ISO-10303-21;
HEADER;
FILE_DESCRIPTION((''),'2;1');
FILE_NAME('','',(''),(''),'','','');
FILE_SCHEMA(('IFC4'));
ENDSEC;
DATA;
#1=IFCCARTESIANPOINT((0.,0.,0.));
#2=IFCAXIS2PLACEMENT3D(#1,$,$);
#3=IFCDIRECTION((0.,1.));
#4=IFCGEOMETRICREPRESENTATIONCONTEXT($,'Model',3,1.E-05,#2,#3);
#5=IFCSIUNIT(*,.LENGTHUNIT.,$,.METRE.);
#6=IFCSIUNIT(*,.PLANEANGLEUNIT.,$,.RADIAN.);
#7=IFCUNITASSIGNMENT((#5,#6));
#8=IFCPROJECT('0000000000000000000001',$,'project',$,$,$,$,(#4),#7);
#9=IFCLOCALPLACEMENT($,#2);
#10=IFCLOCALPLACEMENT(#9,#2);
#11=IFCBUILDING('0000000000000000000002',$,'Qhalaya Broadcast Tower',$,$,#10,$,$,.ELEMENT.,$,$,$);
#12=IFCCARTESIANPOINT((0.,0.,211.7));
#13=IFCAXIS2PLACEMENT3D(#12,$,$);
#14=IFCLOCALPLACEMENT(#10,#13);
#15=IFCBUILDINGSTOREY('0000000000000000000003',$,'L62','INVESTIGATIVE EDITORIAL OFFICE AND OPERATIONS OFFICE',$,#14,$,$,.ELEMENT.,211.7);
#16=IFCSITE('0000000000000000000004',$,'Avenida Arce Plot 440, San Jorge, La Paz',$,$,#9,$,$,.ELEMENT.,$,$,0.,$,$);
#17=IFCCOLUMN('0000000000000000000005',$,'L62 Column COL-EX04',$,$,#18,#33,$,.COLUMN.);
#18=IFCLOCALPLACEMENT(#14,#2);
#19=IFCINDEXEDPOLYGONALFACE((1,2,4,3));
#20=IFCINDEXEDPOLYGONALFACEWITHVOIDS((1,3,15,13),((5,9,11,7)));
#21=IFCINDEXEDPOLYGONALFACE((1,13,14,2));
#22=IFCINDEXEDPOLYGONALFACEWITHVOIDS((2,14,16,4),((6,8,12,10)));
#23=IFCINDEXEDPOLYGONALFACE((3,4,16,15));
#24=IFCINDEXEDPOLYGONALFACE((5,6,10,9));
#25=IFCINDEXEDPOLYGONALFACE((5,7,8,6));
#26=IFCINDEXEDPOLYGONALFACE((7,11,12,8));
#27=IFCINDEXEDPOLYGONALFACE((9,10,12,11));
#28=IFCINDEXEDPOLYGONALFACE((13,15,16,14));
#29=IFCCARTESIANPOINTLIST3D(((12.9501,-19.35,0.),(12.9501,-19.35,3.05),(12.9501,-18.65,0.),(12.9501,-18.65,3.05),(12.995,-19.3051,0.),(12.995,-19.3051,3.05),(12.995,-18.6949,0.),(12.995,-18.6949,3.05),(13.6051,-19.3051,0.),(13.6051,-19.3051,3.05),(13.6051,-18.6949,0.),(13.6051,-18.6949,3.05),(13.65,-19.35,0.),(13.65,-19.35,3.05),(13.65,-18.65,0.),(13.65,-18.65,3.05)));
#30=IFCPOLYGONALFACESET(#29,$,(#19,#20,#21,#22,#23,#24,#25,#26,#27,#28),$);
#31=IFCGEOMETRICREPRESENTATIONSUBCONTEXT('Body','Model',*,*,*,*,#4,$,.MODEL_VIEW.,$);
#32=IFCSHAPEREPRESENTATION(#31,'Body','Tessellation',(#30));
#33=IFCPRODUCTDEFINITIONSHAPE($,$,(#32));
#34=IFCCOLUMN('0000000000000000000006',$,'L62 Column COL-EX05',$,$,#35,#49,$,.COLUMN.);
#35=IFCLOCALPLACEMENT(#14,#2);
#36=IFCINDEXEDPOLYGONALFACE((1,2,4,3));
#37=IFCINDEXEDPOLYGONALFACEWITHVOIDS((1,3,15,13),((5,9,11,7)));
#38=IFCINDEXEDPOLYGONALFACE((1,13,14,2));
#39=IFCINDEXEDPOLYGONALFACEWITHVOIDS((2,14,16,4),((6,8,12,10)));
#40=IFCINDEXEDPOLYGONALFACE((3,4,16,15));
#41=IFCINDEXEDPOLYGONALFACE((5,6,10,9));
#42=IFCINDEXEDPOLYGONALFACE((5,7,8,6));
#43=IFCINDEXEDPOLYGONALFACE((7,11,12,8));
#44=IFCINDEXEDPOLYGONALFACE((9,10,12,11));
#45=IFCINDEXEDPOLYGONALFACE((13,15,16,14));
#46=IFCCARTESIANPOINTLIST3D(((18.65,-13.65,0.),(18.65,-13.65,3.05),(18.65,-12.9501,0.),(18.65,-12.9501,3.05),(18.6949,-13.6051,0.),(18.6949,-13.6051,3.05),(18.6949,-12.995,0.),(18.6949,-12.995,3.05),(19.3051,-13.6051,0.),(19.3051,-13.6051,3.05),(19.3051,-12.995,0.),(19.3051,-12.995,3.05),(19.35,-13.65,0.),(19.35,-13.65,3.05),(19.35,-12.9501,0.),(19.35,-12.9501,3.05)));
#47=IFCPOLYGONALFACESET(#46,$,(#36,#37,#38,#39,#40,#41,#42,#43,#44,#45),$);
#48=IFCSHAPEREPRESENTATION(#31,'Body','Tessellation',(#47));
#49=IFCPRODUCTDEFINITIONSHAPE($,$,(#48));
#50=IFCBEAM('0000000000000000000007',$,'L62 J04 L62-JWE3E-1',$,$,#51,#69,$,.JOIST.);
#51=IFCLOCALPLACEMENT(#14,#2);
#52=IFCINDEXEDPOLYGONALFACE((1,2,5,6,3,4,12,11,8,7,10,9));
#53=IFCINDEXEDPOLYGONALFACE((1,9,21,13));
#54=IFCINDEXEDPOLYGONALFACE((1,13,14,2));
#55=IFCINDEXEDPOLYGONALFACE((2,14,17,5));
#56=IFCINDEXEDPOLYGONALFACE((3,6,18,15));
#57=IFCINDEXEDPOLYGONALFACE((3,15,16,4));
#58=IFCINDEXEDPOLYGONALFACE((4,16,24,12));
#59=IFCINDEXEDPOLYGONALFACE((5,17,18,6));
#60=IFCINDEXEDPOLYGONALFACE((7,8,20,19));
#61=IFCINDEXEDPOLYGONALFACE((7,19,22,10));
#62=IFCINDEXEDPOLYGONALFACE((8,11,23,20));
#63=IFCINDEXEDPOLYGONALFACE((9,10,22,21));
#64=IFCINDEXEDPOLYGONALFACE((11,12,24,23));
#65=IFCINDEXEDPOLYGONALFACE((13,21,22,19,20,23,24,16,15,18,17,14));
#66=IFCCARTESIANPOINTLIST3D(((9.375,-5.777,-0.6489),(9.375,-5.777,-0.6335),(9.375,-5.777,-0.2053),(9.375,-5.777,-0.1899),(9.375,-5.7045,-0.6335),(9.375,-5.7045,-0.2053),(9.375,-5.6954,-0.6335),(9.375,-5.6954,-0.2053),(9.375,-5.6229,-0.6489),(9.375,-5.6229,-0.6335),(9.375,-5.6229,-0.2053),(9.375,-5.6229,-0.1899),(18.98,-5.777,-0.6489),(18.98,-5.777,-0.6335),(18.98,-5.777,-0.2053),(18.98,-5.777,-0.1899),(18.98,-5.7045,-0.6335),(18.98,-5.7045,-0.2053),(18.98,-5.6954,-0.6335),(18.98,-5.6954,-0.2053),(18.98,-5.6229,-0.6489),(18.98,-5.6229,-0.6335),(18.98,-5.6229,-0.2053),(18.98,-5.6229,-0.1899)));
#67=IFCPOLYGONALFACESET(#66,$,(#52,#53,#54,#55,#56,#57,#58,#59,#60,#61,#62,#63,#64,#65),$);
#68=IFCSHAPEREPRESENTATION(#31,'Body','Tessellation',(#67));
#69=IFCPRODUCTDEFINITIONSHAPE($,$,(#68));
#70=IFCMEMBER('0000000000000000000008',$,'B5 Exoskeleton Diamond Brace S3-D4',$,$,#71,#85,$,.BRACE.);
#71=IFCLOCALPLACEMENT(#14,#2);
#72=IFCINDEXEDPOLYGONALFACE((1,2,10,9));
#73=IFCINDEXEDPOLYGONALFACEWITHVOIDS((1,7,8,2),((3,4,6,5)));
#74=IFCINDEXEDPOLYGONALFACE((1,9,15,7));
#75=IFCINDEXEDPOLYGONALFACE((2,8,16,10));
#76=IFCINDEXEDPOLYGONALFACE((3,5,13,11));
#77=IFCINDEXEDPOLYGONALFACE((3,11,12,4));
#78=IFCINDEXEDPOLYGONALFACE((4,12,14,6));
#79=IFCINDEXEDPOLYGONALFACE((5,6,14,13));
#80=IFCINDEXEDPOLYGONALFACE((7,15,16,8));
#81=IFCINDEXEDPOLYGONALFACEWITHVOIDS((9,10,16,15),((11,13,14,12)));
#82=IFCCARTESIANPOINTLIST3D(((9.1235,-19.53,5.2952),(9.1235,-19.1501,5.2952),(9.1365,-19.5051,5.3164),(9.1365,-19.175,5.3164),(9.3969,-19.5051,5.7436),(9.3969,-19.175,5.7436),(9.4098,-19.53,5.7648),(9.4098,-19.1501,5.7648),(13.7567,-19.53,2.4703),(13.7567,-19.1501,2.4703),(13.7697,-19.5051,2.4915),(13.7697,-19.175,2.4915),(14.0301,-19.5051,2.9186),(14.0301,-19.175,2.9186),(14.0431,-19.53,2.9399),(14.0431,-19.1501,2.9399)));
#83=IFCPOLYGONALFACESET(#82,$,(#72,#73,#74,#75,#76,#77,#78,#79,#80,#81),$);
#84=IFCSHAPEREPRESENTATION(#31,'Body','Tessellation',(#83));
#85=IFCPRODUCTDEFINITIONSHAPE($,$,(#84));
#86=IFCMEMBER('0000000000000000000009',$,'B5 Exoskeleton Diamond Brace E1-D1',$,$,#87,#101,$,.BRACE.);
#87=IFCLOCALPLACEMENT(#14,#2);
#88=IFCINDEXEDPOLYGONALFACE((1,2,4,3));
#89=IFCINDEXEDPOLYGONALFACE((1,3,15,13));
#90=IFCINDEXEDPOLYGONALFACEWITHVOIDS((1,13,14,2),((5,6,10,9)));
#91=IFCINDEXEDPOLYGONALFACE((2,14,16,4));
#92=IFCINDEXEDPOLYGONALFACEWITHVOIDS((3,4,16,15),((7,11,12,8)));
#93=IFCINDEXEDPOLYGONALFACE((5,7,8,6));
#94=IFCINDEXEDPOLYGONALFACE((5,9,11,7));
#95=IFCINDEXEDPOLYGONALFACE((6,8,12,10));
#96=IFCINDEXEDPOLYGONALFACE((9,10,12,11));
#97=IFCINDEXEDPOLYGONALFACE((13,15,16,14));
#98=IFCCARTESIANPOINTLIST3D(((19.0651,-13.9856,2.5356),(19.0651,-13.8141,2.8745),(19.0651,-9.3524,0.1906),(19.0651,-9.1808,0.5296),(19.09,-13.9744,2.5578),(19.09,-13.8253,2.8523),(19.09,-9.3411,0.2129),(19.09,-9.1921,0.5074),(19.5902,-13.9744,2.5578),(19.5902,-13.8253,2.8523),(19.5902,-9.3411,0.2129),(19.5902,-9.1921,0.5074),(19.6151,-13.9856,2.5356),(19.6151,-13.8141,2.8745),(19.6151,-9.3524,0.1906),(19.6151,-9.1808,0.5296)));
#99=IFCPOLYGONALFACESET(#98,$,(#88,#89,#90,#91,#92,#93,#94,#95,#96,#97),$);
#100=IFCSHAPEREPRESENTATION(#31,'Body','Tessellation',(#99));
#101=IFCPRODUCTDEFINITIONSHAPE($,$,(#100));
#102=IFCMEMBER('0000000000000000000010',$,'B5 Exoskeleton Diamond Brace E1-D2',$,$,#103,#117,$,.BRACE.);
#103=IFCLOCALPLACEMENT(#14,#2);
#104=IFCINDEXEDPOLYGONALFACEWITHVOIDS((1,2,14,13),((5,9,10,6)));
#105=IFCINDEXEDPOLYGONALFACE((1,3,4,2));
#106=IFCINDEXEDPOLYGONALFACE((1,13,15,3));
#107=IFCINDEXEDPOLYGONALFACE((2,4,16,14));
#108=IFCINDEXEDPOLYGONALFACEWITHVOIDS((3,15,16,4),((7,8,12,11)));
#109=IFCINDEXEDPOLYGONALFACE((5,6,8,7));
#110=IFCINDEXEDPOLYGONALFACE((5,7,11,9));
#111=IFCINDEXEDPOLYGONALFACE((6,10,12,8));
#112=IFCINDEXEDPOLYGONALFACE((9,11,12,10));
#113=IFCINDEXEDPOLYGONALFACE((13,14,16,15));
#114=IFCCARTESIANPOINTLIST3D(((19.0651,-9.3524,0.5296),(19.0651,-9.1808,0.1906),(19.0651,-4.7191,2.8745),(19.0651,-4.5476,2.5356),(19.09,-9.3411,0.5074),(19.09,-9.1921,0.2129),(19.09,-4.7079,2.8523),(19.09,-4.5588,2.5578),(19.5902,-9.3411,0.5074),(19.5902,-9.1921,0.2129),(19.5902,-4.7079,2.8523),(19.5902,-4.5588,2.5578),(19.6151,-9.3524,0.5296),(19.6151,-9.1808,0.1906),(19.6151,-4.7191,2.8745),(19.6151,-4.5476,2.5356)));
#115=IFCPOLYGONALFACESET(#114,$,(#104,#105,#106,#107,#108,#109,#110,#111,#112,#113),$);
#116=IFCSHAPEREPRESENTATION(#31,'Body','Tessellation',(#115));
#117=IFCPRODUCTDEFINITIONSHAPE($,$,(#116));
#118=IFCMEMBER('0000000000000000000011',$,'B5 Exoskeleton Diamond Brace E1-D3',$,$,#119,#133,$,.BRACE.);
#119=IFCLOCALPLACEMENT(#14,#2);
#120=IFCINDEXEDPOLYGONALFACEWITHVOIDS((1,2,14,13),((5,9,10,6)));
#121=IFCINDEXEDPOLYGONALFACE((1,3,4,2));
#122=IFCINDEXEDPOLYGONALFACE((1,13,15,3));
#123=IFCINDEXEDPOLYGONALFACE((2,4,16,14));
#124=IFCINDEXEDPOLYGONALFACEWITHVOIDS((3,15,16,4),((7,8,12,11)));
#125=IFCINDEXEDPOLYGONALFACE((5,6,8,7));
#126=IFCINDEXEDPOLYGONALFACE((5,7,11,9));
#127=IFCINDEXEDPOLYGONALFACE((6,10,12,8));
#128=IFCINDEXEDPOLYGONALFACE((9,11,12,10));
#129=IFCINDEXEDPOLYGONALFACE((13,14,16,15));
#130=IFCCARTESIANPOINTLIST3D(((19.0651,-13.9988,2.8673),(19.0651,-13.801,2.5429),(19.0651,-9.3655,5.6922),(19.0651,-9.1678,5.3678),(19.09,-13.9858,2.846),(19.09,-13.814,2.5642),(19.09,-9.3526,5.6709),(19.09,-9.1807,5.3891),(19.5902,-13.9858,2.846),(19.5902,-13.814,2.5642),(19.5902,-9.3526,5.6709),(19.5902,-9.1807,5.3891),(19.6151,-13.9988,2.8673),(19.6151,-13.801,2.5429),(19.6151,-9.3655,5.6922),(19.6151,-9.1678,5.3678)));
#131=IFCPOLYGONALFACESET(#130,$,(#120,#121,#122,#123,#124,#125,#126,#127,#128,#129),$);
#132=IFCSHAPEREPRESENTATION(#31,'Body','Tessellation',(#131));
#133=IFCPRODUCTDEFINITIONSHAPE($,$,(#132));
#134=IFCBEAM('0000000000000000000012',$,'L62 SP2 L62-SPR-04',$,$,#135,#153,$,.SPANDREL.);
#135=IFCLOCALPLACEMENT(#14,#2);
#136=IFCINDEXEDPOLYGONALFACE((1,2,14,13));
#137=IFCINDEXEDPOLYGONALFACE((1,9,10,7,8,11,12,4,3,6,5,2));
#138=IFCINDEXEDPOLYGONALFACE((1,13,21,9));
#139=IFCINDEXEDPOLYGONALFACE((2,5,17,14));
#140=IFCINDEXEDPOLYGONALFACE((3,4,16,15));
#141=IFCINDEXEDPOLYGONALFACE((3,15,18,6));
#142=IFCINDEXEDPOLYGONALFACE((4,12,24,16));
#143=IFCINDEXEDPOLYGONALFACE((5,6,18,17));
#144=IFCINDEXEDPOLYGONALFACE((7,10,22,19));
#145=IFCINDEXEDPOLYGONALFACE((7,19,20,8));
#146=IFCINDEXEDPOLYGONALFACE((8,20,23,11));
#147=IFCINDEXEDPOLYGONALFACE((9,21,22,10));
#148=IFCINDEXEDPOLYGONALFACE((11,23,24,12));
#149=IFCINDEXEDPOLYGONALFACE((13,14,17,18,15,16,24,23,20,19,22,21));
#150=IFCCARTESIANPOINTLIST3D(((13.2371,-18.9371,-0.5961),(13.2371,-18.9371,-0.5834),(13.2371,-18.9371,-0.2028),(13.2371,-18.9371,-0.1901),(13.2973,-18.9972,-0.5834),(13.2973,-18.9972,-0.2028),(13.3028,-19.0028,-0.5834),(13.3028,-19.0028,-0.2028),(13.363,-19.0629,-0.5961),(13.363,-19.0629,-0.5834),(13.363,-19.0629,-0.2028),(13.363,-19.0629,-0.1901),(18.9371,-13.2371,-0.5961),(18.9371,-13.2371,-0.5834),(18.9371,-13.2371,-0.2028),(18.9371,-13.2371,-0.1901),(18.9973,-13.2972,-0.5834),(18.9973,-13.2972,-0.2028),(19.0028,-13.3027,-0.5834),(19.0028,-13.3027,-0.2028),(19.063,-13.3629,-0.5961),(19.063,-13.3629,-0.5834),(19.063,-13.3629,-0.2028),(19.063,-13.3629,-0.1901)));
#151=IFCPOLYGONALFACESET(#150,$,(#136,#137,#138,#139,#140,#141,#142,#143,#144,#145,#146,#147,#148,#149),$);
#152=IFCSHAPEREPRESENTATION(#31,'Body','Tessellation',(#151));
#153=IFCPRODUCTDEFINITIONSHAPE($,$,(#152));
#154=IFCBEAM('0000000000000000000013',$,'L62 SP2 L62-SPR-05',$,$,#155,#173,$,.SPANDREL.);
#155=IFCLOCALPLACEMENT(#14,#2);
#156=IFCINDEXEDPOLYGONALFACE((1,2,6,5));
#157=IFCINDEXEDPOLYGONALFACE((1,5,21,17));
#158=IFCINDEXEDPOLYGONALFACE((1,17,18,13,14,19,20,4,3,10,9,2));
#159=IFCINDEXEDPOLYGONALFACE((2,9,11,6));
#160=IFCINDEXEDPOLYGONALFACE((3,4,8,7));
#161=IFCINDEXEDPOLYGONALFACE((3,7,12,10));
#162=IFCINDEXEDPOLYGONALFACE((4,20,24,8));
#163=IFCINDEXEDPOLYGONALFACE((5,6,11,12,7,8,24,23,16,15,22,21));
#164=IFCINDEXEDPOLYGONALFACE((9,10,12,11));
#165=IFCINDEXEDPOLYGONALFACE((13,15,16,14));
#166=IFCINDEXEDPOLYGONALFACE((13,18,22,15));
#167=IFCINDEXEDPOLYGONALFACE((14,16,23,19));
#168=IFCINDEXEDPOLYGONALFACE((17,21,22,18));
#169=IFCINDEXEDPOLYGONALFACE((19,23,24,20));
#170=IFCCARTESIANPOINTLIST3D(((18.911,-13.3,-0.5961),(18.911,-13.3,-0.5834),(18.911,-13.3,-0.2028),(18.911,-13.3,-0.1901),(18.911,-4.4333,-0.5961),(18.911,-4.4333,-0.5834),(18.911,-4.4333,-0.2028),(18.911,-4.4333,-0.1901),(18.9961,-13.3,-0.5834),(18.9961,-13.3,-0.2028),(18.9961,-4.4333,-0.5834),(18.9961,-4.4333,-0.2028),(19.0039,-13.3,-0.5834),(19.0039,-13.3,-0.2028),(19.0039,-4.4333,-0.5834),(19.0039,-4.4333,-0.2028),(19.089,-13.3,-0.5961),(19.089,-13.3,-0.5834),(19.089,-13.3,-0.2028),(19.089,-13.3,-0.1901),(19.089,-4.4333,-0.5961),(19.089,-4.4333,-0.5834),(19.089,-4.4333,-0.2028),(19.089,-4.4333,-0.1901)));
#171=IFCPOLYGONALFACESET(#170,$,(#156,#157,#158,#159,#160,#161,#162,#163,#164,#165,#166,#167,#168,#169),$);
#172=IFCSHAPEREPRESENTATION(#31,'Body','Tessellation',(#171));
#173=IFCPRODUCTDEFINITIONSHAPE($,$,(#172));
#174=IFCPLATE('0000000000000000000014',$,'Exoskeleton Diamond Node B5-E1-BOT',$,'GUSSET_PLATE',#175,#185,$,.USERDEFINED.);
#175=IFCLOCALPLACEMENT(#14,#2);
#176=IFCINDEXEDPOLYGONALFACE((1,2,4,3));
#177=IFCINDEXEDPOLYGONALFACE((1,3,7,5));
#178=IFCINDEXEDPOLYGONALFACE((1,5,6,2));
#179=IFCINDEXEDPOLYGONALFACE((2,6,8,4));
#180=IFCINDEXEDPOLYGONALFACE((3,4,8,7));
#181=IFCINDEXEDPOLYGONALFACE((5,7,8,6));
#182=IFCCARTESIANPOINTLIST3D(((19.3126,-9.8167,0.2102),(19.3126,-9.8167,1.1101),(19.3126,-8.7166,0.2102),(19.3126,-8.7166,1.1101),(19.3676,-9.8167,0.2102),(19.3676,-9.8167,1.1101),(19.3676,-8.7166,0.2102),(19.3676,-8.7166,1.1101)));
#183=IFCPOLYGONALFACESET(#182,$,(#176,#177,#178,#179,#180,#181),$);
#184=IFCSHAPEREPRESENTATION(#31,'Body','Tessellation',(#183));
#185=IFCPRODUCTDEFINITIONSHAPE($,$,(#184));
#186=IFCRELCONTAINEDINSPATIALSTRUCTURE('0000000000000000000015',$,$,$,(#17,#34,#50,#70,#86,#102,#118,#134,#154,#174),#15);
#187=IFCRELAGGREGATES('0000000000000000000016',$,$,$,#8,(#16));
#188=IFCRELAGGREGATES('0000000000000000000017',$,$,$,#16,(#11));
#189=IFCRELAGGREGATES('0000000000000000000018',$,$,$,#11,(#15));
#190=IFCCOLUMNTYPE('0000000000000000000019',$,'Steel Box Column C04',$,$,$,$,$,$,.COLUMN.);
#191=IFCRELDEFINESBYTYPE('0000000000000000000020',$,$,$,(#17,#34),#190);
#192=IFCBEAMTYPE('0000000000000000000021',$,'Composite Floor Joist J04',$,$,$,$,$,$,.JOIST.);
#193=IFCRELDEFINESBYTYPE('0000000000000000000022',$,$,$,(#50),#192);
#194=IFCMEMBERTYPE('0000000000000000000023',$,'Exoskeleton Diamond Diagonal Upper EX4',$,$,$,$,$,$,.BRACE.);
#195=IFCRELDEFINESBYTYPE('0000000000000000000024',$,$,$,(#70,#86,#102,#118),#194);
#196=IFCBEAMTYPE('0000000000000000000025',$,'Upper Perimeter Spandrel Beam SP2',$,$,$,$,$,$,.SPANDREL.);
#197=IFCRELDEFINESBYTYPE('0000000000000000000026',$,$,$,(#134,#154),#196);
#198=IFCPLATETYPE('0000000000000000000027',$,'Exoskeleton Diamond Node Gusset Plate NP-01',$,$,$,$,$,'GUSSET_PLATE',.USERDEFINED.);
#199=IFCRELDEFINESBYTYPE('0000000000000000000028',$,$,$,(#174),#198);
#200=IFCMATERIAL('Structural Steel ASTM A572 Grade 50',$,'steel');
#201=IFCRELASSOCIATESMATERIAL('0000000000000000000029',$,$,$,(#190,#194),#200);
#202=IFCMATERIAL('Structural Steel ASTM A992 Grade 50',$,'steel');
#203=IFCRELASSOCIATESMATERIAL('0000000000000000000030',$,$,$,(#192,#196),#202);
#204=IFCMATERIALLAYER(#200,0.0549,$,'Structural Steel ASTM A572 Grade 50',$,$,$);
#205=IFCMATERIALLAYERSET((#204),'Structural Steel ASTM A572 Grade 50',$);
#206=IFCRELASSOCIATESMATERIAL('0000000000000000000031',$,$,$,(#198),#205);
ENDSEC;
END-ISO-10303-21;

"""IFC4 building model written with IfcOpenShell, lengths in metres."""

from ifc_helpers import new_model, si_unit, direction, frame, origin, origin_2d, place, context, subcontext, project, spatial, rectangle, hollow_rectangle, i_section, extrude, material, layer, layer_set, material_profile, profile_set, type_object, element, save


model = new_model("IFC4")

# Units and contexts
model_context = context("Model", 3, precision=1e-05, world=origin(), true_north=direction((0.0, 1.0)))
body_context = subcontext(model_context, "Body", "Model", "MODEL_VIEW")
ifc_project = project(units=[si_unit("LENGTHUNIT", "METRE"), si_unit("PLANEANGLEUNIT", "RADIAN")], contexts=[model_context])

# Site, building, storey
site_placement = place(None, origin())
site = spatial("IfcSite", under=ifc_project, at=site_placement, Name="Avenida Arce Plot 440, San Jorge, La Paz", CompositionType="ELEMENT", RefElevation=0.0)
building_placement = place(site_placement, origin())
building = spatial("IfcBuilding", under=site, at=building_placement, Name="Qhalaya Broadcast Tower", CompositionType="ELEMENT")
storey_placement = place(building_placement, frame((0.0, 0.0, 211.7)))
storey = spatial("IfcBuildingStorey", under=building, at=storey_placement, Name="L62", Description="INVESTIGATIVE EDITORIAL OFFICE AND OPERATIONS OFFICE", CompositionType="ELEMENT", Elevation=211.7)

# Columns
ifc_material_1 = material(Name="Structural Steel ASTM A572 Grade 50", Category="steel")
ifc_material_profile_1 = material_profile(ifc_material_1, hollow_rectangle(XDim=0.7, YDim=0.7, WallThickness=0.0449, at=origin_2d()), Name="BOX 700x700x45")
ifc_profile_set_1 = profile_set([ifc_material_profile_1], Name="Structural Steel ASTM A572 Grade 50")
column_type = type_object("IfcColumnType", Name="Steel Box Column C04", PredefinedType="COLUMN", material=ifc_profile_set_1)
for number, where, z_axis, x_axis, name in (
    (1, (13.3, -19.0, 0.0), (0.0, 0.0, 1.0), (1.0, 0.0, 0.0), "L62 Column COL-EX04"),
    (2, (19.0, -13.3, 0.0), (0.0, 0.0, 1.0), (0.0, 1.0, 0.0), "L62 Column COL-EX05"),
):
    element("IfcColumn", number, at=place(storey_placement, frame(where, z_axis=z_axis, x_axis=x_axis)), inside=storey, type_object=column_type, Name=name, PredefinedType="COLUMN", context=body_context, shape_type="SweptSolid", body=[
        extrude(hollow_rectangle(XDim=0.7, YDim=0.7, WallThickness=0.0449, at=origin_2d()), origin(), (0.0, 0.0, 1.0), 3.05),
    ])

# Beam
ifc_material_2 = material(Name="Structural Steel ASTM A992 Grade 50", Category="steel")
ifc_material_profile_2 = material_profile(ifc_material_2, i_section(OverallWidth=0.1541, OverallDepth=0.459, WebThickness=0.009, FlangeThickness=0.0154, at=origin_2d()), Name="W18X46")
ifc_profile_set_2 = profile_set([ifc_material_profile_2], Name="Structural Steel ASTM A992 Grade 50")
beam_type_1 = type_object("IfcBeamType", Name="Composite Floor Joist J04", PredefinedType="JOIST", material=ifc_profile_set_2)
beam_1_placement = place(storey_placement, frame((9.375, -5.7, -0.4194), z_axis=(1.0, 0.0, 0.0), x_axis=(0.0, 1.0, 0.0)))
element("IfcBeam", 3, at=beam_1_placement, inside=storey, type_object=beam_type_1, Name="L62 J04 L62-JWE3E-1", PredefinedType="JOIST", context=body_context, shape_type="SweptSolid", body=[
    extrude(i_section(OverallWidth=0.1541, OverallDepth=0.459, WebThickness=0.009, FlangeThickness=0.0154, at=origin_2d()), origin(), (0.0, 0.0, 1.0), 9.605),
])

# Members
ifc_material_profile_3 = material_profile(ifc_material_1, hollow_rectangle(XDim=0.3799, YDim=0.55, WallThickness=0.0249, at=origin_2d()), Name="BOX 380x550x25")
ifc_profile_set_3 = profile_set([ifc_material_profile_3], Name="Structural Steel ASTM A572 Grade 50")
member_type = type_object("IfcMemberType", Name="Exoskeleton Diamond Diagonal Upper EX4", PredefinedType="BRACE", material=ifc_profile_set_3)
member_1_placement = place(storey_placement, frame((13.8999, -19.3401, 2.7051), z_axis=(-0.853815, 0.0, 0.520576), x_axis=(0.0, -1.0, 0.0)))
element("IfcMember", 4, at=member_1_placement, inside=storey, type_object=member_type, Name="B5 Exoskeleton Diamond Brace S3-D4", PredefinedType="BRACE", context=body_context, shape_type="SweptSolid", body=[
    extrude(hollow_rectangle(XDim=0.3799, YDim=0.55, WallThickness=0.0249, at=origin_2d()), origin(), (0.0, 0.0, 1.0), 5.4265),
])
for number, where, z_axis, x_axis, name in (
    (5, (19.3401, -9.2666, 0.3601), (0.0, -0.892235, 0.451571), (0.0, 0.451571, 0.892235), "B5 Exoskeleton Diamond Brace E1-D1"),
    (6, (19.3401, -9.2666, 0.3601), (0.0, 0.892235, 0.451571), (0.0, -0.451571, 0.892235), "B5 Exoskeleton Diamond Brace E1-D2"),
):
    element("IfcMember", number, at=place(storey_placement, frame(where, z_axis=z_axis, x_axis=x_axis)), inside=storey, type_object=member_type, Name=name, PredefinedType="BRACE", context=body_context, shape_type="SweptSolid", body=[
        extrude(hollow_rectangle(XDim=0.3799, YDim=0.55, WallThickness=0.0249, at=origin_2d()), origin(), (0.0, 0.0, 1.0), 5.1929),
    ])
member_2_placement = place(storey_placement, frame((19.3401, -13.8999, 2.7051), z_axis=(0.0, 0.853815, 0.520576), x_axis=(0.0, -0.520576, 0.853815)))
element("IfcMember", 7, at=member_2_placement, inside=storey, type_object=member_type, Name="B5 Exoskeleton Diamond Brace E1-D3", PredefinedType="BRACE", context=body_context, shape_type="SweptSolid", body=[
    extrude(hollow_rectangle(XDim=0.3799, YDim=0.55, WallThickness=0.0249, at=origin_2d()), origin(), (0.0, 0.0, 1.0), 5.4265),
])

# Beams
ifc_material_profile_4 = material_profile(ifc_material_2, i_section(OverallWidth=0.178, OverallDepth=0.406, WebThickness=0.0078, FlangeThickness=0.0127, at=origin_2d()), Name="W16X40")
ifc_profile_set_4 = profile_set([ifc_material_profile_4], Name="Structural Steel ASTM A992 Grade 50")
beam_type_2 = type_object("IfcBeamType", Name="Upper Perimeter Spandrel Beam SP2", PredefinedType="SPANDREL", material=ifc_profile_set_4)
beam_2_placement = place(storey_placement, frame((13.3, -19.0, -0.3931), z_axis=(0.707107, 0.707107, 0.0), x_axis=(-0.707107, 0.707107, 0.0)))
element("IfcBeam", 8, at=beam_2_placement, inside=storey, type_object=beam_type_2, Name="L62 SP2 L62-SPR-04", PredefinedType="SPANDREL", context=body_context, shape_type="SweptSolid", body=[
    extrude(i_section(OverallWidth=0.178, OverallDepth=0.406, WebThickness=0.0078, FlangeThickness=0.0127, at=origin_2d()), origin(), (0.0, 0.0, 1.0), 8.061),
])
beam_3_placement = place(storey_placement, frame((19.0, -13.3, -0.3931), z_axis=(0.0, 1.0, 0.0), x_axis=(-1.0, 0.0, 0.0)))
element("IfcBeam", 9, at=beam_3_placement, inside=storey, type_object=beam_type_2, Name="L62 SP2 L62-SPR-05", PredefinedType="SPANDREL", context=body_context, shape_type="SweptSolid", body=[
    extrude(i_section(OverallWidth=0.178, OverallDepth=0.406, WebThickness=0.0078, FlangeThickness=0.0127, at=origin_2d()), origin(), (0.0, 0.0, 1.0), 8.8667),
])

# Plate
ifc_layer_1 = layer(ifc_material_1, 0.0549, Name="Structural Steel ASTM A572 Grade 50")
ifc_layer_set_1 = layer_set([ifc_layer_1], Name="Structural Steel ASTM A572 Grade 50")
plate_type_1 = type_object("IfcPlateType", Name="Exoskeleton Diamond Node Gusset Plate NP-01", ElementType="GUSSET_PLATE", PredefinedType="USERDEFINED", material=ifc_layer_set_1)
for number, where, z_axis, x_axis, name in (
    (10, (19.3401, -9.2666, 0.2102), (0.0, 0.0, 1.0), (0.0, 1.0, 0.0), "Exoskeleton Diamond Node B5-E1-BOT"),
):
    element("IfcPlate", number, at=place(storey_placement, frame(where, z_axis=z_axis, x_axis=x_axis)), inside=storey, type_object=plate_type_1, Name=name, ObjectType="GUSSET_PLATE", PredefinedType="USERDEFINED", context=body_context, shape_type="SweptSolid", body=[
        extrude(rectangle(XDim=1.1001, YDim=0.0549, at=origin_2d()), origin(), (0.0, 0.0, 1.0), 0.8999),
    ])

save(model, "model.ifc")
